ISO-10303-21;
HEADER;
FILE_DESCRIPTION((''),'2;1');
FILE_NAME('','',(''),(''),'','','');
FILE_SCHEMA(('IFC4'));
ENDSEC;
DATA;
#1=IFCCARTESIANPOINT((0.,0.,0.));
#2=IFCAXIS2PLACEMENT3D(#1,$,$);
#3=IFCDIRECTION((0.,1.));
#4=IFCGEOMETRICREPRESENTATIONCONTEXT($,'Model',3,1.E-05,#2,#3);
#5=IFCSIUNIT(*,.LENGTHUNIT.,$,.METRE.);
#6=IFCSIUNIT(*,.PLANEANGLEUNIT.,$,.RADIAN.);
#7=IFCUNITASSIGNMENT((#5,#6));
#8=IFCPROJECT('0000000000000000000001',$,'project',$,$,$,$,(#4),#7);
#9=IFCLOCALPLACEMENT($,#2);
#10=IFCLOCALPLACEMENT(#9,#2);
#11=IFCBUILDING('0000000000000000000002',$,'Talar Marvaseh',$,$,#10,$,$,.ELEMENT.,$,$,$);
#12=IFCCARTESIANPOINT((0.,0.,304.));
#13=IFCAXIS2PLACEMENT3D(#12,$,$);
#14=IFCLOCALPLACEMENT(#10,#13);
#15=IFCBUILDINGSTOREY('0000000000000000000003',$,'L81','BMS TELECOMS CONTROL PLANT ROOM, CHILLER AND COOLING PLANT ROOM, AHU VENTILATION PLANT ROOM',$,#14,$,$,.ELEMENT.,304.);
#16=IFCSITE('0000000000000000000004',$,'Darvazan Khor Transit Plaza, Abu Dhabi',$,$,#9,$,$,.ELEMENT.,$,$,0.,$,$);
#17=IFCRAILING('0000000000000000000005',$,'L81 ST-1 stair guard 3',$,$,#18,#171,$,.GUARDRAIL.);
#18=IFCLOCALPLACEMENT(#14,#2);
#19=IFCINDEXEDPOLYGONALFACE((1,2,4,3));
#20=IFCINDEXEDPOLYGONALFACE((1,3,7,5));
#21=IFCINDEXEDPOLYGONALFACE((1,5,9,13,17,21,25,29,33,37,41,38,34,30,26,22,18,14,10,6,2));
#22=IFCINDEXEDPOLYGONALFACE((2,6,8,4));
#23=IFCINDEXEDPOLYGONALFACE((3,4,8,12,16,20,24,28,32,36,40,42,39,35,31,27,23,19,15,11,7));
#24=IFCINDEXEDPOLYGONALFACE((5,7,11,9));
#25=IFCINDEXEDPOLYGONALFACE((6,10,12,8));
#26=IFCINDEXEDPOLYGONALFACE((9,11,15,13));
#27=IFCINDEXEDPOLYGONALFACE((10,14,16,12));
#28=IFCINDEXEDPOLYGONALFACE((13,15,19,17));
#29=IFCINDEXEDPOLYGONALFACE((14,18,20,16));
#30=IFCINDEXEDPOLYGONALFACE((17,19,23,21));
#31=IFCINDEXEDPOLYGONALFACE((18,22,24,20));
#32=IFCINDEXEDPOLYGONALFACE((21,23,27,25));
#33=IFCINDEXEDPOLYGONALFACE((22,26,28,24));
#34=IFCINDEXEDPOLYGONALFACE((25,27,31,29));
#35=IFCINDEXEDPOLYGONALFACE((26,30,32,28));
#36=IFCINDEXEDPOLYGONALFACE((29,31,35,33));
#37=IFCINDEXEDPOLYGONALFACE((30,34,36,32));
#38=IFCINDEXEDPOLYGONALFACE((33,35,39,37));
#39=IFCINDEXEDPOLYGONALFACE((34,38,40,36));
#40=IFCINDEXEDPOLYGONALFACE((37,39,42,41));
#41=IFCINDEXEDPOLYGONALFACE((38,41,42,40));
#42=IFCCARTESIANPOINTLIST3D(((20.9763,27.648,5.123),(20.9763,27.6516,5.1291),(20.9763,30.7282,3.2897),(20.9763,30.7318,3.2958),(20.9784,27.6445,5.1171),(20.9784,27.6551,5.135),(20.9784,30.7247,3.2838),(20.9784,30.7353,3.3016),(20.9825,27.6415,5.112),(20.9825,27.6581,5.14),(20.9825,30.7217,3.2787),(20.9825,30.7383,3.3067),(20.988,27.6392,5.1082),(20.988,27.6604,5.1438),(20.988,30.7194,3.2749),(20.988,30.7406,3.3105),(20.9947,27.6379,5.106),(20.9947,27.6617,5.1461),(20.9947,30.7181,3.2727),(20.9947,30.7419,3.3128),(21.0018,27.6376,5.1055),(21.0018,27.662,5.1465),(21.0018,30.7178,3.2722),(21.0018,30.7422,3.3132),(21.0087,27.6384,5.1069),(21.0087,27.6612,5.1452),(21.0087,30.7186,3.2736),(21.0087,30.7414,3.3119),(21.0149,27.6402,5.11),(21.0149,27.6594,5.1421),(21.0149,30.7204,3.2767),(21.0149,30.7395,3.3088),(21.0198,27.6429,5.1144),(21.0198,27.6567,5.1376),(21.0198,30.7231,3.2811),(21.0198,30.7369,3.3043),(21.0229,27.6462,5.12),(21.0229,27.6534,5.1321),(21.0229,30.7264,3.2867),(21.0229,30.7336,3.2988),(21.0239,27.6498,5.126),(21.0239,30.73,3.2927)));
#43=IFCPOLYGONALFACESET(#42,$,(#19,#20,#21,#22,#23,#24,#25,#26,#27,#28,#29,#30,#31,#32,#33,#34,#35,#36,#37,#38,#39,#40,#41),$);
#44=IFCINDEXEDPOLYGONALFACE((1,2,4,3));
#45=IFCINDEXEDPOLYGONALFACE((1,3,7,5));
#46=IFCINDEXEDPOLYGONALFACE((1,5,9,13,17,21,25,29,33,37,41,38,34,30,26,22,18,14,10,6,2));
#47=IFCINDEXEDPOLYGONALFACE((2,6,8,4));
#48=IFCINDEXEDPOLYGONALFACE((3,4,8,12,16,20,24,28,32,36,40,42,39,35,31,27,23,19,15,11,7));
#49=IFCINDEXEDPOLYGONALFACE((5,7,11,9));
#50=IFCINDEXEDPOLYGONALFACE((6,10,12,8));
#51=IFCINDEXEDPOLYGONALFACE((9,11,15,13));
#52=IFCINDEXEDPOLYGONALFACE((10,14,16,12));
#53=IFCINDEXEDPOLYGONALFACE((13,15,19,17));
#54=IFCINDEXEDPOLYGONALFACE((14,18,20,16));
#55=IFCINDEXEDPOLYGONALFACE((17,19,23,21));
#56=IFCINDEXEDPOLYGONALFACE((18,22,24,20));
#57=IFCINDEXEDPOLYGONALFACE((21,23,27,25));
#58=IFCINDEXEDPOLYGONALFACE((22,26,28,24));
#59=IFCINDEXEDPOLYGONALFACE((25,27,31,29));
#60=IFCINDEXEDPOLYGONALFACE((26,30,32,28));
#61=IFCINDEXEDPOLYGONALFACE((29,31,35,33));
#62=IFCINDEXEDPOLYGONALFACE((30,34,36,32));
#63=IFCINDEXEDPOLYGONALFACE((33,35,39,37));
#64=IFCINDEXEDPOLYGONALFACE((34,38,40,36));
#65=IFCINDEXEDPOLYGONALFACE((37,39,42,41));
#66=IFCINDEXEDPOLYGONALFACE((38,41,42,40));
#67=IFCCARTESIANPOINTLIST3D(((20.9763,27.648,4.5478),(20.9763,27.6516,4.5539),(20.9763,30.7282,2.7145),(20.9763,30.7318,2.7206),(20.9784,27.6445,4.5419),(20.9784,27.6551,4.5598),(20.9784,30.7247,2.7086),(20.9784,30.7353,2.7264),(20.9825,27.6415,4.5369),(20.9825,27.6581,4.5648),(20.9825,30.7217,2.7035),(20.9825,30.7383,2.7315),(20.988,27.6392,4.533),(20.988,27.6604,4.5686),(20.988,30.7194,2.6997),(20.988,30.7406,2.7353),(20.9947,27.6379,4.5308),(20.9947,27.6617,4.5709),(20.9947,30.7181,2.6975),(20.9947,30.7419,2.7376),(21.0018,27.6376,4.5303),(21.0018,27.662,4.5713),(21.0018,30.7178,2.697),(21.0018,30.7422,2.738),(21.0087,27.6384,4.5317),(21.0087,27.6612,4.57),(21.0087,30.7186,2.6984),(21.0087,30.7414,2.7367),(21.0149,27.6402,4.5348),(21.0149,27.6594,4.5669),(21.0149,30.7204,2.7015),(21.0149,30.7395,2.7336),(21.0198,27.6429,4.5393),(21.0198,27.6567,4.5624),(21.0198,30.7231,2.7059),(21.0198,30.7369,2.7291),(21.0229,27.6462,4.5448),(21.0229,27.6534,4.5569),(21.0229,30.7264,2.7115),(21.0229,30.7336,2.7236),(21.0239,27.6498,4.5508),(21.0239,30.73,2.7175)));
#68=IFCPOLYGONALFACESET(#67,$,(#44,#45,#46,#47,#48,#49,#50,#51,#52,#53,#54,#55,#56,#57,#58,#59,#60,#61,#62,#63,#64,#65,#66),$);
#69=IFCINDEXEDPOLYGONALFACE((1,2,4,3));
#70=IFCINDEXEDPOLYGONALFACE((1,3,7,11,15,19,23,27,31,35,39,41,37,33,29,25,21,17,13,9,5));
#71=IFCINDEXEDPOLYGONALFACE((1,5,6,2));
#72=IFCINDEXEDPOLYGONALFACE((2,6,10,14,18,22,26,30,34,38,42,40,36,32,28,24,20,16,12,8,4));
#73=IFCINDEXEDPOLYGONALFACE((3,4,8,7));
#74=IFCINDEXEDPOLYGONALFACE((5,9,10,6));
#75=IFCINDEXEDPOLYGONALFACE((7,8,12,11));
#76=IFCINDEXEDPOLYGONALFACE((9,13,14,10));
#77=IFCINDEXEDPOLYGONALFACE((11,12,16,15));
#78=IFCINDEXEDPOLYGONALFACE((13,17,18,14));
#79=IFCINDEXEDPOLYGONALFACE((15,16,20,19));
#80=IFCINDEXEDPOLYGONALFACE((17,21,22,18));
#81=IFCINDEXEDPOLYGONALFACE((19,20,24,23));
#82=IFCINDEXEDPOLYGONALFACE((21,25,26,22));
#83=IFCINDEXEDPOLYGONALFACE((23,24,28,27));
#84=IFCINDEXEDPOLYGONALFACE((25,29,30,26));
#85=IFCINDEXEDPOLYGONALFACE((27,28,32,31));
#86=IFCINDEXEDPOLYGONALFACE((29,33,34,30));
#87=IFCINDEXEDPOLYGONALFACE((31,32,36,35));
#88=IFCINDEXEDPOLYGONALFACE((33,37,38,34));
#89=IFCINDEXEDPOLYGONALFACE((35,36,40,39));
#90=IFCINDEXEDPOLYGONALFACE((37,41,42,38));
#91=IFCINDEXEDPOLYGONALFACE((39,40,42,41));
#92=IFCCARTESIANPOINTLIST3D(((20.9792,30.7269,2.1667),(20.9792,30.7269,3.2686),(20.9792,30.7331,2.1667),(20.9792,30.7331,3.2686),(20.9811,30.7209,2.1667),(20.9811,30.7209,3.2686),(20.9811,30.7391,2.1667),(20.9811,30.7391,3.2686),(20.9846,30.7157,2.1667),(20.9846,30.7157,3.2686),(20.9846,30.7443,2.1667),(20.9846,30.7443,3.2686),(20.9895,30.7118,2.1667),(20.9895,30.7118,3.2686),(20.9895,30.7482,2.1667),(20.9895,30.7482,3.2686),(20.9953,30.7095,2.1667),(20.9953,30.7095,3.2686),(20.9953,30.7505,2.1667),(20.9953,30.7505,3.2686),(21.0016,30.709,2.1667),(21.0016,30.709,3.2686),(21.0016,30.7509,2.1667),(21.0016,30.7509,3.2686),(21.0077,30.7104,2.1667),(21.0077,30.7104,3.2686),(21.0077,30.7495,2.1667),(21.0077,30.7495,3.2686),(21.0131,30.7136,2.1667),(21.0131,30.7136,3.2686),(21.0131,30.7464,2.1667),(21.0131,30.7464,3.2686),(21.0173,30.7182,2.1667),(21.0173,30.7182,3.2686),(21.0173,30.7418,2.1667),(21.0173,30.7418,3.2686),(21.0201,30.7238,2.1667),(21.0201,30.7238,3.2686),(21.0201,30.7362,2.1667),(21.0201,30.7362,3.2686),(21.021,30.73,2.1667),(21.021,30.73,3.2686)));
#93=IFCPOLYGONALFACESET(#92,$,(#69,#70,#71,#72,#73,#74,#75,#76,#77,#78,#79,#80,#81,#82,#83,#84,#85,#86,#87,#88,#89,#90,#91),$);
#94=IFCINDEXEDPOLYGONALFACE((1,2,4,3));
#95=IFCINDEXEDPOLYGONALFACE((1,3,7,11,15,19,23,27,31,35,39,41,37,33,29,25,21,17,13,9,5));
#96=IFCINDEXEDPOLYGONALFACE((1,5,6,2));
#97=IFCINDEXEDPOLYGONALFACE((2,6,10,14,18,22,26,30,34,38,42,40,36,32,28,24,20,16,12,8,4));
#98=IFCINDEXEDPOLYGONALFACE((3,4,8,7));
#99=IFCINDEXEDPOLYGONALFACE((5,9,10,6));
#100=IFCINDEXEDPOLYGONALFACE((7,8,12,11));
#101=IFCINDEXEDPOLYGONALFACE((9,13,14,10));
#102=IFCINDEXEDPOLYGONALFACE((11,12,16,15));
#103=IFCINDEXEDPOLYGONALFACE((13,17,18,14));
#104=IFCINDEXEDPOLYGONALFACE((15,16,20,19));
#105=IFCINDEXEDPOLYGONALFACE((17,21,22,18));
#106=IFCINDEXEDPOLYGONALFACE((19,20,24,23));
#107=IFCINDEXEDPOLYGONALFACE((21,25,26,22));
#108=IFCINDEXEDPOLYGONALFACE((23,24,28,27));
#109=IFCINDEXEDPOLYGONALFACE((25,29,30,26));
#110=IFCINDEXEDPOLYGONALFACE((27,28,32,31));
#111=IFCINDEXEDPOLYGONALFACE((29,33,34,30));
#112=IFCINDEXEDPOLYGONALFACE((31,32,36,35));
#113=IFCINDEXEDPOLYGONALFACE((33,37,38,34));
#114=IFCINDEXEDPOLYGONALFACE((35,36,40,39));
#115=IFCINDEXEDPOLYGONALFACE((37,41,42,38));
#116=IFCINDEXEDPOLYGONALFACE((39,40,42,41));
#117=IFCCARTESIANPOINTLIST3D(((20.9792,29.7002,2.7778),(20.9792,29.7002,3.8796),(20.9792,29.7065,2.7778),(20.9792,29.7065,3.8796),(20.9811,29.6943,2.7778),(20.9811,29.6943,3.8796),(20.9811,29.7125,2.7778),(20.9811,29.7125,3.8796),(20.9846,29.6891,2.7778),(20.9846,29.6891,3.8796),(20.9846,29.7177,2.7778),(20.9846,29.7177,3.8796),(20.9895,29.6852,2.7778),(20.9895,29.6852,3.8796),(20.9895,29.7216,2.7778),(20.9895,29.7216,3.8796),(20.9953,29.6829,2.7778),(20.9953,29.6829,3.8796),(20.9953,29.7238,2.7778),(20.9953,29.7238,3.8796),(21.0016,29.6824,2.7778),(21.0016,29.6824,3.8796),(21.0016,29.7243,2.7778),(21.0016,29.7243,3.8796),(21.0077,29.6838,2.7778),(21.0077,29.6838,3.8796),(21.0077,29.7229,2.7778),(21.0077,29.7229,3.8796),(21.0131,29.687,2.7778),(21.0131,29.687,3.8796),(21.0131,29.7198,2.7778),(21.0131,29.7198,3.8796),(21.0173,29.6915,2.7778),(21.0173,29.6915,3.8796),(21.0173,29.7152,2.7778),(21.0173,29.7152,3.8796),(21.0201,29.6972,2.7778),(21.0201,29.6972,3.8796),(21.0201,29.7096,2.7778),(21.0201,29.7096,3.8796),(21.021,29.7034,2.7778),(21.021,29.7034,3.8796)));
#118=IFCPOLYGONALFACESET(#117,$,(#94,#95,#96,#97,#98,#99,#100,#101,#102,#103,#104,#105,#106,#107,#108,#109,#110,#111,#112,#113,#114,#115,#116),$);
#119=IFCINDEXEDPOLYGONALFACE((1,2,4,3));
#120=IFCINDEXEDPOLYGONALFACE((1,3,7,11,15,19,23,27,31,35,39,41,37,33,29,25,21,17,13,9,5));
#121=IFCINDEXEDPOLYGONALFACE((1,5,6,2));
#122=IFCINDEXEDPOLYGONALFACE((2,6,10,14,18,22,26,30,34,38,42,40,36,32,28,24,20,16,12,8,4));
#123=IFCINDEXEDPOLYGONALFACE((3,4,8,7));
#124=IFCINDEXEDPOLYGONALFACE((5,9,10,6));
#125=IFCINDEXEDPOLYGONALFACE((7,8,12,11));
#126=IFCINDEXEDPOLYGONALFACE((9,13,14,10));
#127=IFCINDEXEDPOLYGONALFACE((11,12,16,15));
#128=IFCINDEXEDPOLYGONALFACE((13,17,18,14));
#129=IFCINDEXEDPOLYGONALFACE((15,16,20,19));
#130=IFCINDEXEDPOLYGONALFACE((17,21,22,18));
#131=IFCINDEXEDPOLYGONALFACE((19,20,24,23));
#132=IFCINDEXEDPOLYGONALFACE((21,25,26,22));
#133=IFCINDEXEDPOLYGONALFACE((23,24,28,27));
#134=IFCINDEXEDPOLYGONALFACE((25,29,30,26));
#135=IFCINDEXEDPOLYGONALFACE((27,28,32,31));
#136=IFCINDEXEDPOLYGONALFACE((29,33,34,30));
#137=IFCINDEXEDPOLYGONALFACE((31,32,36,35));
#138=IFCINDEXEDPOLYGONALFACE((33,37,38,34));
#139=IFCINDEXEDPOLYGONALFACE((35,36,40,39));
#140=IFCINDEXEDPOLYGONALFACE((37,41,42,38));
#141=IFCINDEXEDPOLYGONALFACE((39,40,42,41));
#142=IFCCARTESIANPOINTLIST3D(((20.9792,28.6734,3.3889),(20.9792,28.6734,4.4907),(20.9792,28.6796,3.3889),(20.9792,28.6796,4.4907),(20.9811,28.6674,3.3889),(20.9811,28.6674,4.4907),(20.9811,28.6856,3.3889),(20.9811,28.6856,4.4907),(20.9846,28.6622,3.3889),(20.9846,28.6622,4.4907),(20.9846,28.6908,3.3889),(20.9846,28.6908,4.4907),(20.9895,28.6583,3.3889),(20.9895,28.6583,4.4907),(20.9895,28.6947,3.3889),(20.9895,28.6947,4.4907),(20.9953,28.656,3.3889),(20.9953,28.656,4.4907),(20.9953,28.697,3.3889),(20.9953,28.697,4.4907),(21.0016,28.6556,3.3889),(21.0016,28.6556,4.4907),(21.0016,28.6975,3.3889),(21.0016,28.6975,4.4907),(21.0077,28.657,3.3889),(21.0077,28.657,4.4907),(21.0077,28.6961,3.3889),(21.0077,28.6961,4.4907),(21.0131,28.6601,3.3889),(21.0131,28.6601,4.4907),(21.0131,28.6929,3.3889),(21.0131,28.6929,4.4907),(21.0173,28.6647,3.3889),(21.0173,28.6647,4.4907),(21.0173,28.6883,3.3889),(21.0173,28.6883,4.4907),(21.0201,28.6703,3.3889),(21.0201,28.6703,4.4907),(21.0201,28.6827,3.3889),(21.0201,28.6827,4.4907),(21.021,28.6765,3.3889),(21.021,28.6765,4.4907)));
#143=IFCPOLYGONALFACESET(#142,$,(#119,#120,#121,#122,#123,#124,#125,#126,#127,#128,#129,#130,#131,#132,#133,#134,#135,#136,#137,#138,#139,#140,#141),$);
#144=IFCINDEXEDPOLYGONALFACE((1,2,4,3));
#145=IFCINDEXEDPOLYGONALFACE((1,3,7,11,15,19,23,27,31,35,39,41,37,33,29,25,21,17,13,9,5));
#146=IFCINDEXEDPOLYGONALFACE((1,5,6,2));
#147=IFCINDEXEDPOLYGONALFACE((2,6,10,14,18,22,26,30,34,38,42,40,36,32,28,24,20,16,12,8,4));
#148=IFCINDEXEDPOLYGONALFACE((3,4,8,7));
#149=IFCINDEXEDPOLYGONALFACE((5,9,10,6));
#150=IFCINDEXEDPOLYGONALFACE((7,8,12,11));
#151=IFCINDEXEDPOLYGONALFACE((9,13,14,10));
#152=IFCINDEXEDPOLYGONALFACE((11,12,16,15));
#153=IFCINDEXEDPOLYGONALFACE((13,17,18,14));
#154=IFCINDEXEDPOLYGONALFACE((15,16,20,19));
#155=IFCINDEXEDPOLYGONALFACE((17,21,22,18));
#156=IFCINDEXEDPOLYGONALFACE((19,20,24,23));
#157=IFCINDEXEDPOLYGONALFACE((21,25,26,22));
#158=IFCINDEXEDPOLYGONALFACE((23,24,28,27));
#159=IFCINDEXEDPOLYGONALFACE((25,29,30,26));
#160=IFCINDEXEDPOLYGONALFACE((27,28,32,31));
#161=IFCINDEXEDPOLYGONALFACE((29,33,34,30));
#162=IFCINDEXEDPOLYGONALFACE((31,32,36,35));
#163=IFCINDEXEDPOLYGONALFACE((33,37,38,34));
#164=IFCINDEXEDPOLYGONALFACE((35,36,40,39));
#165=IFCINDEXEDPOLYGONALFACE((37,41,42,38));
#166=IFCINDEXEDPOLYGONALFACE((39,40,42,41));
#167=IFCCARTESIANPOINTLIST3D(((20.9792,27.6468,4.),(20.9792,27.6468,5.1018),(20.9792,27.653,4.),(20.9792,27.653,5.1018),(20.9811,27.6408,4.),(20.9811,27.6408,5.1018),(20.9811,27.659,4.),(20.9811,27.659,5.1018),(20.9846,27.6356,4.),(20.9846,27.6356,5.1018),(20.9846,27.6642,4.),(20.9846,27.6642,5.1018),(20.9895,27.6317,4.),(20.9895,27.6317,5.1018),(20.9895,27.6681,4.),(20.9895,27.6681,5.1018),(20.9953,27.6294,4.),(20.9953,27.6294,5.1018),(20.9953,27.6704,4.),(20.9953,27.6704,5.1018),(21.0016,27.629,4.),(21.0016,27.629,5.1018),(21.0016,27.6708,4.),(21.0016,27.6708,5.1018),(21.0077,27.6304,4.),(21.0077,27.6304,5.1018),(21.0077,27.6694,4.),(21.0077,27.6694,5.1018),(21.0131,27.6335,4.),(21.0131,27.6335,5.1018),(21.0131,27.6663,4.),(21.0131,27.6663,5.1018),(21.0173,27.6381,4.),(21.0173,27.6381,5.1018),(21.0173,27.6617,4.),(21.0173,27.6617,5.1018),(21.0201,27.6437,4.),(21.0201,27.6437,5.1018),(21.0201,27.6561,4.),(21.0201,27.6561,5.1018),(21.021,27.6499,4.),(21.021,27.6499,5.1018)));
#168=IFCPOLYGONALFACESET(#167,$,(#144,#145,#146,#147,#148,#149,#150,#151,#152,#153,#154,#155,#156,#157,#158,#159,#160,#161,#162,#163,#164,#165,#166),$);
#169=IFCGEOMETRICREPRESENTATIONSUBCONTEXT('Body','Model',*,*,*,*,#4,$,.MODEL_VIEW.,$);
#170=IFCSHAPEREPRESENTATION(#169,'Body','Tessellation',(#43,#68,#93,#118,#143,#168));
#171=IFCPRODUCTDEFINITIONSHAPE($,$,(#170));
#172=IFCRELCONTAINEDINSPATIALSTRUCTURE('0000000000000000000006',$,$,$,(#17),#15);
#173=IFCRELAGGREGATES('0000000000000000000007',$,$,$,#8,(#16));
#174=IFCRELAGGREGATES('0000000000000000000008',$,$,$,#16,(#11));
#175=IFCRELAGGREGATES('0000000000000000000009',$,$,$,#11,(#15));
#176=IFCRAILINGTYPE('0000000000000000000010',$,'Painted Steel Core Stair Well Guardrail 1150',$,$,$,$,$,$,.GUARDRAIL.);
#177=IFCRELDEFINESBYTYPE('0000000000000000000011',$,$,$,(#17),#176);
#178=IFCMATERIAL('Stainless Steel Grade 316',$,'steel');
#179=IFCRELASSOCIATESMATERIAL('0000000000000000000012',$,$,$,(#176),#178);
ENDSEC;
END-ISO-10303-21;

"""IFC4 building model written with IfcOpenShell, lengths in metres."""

from ifc_helpers import new_model, si_unit, direction, frame, origin, origin_2d, place, context, subcontext, project, spatial, circle, extrude, material, type_object, element, save


model = new_model("IFC4")

# Units and contexts
model_context = context("Model", 3, precision=1e-05, world=origin(), true_north=direction((0.0, 1.0)))
body_context = subcontext(model_context, "Body", "Model", "MODEL_VIEW")
ifc_project = project(units=[si_unit("LENGTHUNIT", "METRE"), si_unit("PLANEANGLEUNIT", "RADIAN")], contexts=[model_context])

# Site, building, storey
site_placement = place(None, origin())
site = spatial("IfcSite", under=ifc_project, at=site_placement, Name="Darvazan Khor Transit Plaza, Abu Dhabi", CompositionType="ELEMENT", RefElevation=0.0)
building_placement = place(site_placement, origin())
building = spatial("IfcBuilding", under=site, at=building_placement, Name="Talar Marvaseh", CompositionType="ELEMENT")
storey_placement = place(building_placement, frame((0.0, 0.0, 304.0)))
storey = spatial("IfcBuildingStorey", under=building, at=storey_placement, Name="L81", Description="BMS TELECOMS CONTROL PLANT ROOM, CHILLER AND COOLING PLANT ROOM, AHU VENTILATION PLANT ROOM", CompositionType="ELEMENT", Elevation=304.0)

# Shared definitions
ifc_material_1 = material(Name="Stainless Steel Grade 316", Category="steel")

# Railing
railing_type_1 = type_object("IfcRailingType", Name="Painted Steel Core Stair Well Guardrail 1150", PredefinedType="GUARDRAIL", material=ifc_material_1)
railing_1_placement = place(storey_placement, frame((21.0, 30.73, 2.1667)))
element("IfcRailing", 1, at=railing_1_placement, inside=storey, type_object=railing_type_1, Name="L81 ST-1 stair guard 3", PredefinedType="GUARDRAIL", context=body_context, shape_type="SweptSolid", body=[
    extrude(circle(Radius=0.0239, at=origin_2d()), frame((0.0, 0.0, 1.126), z_axis=(0.0, -0.859309, 0.511458), x_axis=(1.0, 0.0, 0.0)), (0.0, 0.0, 1.0), 3.5845),
    extrude(circle(Radius=0.0239, at=origin_2d()), frame((0.0, 0.0, 0.5508), z_axis=(0.0, -0.859309, 0.511458), x_axis=(1.0, 0.0, 0.0)), (0.0, 0.0, 1.0), 3.5845),
    extrude(circle(Radius=0.021, at=origin_2d()), origin(), (0.0, 0.0, 1.0), 1.1018),
    extrude(circle(Radius=0.021, at=origin_2d()), frame((0.0, -1.0266, 0.6111)), (0.0, 0.0, 1.0), 1.1018),
    extrude(circle(Radius=0.021, at=origin_2d()), frame((0.0, -2.0535, 1.2222)), (0.0, 0.0, 1.0), 1.1018),
    extrude(circle(Radius=0.021, at=origin_2d()), frame((0.0, -3.0801, 1.8333)), (0.0, 0.0, 1.0), 1.1018),
])

save(model, "model.ifc")
